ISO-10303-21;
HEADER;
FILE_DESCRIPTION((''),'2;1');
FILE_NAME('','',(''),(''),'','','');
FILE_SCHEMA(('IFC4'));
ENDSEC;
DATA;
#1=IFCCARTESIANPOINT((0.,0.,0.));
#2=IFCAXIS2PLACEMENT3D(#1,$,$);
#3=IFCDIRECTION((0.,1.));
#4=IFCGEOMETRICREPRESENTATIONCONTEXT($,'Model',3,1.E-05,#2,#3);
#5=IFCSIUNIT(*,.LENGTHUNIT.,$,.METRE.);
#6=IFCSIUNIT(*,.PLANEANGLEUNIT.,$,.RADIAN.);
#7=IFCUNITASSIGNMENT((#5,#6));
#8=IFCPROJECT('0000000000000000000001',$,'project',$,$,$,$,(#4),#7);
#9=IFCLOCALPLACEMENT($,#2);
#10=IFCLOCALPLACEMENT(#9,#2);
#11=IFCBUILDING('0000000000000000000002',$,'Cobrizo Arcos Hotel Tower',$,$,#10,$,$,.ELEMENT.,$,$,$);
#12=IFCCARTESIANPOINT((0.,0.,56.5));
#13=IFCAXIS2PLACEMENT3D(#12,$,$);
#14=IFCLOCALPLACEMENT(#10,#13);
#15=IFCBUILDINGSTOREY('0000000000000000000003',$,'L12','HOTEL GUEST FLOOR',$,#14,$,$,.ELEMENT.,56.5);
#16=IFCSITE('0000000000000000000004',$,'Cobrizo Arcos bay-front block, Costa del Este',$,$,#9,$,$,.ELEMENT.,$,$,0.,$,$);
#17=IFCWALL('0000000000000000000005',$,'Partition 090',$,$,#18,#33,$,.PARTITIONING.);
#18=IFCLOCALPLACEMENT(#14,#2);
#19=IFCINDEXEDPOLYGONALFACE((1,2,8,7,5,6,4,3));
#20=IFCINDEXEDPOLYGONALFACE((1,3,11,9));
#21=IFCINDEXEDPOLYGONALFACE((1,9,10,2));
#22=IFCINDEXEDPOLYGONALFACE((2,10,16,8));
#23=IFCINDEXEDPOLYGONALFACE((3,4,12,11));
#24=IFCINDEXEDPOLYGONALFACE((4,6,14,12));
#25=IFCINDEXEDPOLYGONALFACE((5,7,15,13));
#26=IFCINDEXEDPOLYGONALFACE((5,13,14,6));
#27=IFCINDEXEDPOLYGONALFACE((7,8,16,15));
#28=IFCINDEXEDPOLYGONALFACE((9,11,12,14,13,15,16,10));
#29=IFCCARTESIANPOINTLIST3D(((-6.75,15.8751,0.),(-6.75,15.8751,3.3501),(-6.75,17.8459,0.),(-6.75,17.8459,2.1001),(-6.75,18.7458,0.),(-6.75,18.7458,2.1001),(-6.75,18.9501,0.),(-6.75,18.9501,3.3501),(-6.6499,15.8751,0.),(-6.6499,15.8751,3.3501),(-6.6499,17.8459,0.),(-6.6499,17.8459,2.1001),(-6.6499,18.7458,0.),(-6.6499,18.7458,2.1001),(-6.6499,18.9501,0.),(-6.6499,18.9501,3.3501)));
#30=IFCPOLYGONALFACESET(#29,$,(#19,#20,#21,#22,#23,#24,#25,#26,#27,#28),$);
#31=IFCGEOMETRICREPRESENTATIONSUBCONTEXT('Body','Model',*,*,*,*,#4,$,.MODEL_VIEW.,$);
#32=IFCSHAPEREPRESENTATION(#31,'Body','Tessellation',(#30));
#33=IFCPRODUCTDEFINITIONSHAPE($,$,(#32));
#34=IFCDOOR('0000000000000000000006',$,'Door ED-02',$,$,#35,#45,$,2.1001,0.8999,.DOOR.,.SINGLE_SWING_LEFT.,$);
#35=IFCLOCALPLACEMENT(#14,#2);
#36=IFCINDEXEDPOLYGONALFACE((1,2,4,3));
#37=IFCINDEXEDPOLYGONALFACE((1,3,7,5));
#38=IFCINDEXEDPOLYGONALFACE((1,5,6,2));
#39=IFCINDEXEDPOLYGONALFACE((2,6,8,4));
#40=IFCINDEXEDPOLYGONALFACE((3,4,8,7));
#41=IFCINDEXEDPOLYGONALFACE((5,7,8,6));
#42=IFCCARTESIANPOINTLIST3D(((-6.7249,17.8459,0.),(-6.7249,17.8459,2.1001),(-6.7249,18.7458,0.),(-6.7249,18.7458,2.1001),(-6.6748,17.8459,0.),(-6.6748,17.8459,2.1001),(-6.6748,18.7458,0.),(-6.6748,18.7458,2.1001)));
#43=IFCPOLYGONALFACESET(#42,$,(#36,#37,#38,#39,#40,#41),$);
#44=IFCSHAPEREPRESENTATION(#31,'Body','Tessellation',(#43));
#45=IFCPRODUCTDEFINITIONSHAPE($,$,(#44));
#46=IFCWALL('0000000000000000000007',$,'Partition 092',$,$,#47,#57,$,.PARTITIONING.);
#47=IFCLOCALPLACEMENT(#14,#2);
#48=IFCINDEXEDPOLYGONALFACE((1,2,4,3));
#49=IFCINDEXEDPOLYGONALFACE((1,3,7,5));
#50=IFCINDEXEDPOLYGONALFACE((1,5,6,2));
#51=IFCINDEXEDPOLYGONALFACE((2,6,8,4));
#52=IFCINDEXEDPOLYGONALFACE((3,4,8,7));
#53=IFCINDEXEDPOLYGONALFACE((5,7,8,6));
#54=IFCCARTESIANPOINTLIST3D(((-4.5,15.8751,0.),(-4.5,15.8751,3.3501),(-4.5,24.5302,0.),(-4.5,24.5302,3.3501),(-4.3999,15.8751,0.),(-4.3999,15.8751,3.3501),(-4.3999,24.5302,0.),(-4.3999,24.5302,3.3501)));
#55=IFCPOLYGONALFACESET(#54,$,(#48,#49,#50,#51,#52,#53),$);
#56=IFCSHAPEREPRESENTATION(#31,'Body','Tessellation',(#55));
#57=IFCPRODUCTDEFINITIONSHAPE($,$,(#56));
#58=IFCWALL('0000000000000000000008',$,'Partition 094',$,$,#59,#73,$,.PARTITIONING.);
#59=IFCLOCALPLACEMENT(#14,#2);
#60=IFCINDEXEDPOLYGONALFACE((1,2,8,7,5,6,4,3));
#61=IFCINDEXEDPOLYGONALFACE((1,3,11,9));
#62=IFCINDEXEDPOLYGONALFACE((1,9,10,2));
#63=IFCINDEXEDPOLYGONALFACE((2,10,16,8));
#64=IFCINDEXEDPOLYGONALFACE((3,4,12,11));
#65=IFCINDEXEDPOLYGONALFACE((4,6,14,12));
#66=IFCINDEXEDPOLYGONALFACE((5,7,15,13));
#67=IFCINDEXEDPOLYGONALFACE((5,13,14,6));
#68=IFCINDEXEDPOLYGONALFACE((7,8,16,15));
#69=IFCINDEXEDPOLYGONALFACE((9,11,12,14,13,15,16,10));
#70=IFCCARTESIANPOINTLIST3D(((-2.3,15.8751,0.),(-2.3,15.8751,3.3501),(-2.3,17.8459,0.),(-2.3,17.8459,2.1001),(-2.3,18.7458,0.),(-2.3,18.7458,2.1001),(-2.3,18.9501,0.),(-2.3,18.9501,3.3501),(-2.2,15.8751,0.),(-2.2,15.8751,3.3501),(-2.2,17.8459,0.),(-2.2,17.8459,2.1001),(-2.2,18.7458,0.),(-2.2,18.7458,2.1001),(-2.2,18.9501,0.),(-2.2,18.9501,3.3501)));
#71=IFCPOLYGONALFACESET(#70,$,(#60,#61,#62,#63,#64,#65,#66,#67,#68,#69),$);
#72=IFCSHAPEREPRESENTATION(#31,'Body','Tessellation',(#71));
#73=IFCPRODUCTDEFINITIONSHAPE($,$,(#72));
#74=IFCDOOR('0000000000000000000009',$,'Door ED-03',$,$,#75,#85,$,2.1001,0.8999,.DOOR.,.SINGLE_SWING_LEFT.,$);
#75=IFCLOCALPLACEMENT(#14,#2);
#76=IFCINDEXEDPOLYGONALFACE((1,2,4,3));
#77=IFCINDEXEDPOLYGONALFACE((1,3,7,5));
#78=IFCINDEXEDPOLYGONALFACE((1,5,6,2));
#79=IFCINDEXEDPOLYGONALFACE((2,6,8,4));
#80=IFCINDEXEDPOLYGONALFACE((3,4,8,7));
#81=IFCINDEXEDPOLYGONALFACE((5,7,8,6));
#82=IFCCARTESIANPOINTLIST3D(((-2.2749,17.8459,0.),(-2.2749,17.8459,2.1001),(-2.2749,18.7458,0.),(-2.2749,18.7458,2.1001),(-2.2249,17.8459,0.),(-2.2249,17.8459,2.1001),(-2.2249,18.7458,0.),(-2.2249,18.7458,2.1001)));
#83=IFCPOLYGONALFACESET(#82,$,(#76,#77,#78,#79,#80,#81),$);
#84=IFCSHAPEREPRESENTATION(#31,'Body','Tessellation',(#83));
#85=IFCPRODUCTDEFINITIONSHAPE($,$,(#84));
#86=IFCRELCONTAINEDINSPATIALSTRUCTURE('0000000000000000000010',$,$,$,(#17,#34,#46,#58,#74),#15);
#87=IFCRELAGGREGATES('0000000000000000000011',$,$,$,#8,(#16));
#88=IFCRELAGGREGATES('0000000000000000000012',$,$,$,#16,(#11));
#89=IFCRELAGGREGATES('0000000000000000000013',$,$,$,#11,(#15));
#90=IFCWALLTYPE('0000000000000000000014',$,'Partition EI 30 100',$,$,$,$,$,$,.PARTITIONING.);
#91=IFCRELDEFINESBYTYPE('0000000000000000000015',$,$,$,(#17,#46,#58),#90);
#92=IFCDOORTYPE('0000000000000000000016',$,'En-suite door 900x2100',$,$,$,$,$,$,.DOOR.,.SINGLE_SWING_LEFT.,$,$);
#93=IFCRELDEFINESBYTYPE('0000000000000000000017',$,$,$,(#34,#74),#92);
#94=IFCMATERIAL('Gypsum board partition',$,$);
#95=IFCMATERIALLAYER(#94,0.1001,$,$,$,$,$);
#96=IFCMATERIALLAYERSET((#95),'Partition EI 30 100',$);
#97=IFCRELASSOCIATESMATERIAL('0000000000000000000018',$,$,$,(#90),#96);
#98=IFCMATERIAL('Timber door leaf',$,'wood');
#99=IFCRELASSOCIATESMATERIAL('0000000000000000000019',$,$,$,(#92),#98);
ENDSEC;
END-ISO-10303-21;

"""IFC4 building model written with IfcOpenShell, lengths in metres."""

from ifc_helpers import new_model, si_unit, direction, frame, frame_2d, origin, place, context, subcontext, project, spatial, rectangle, extrude, material, layer, layer_set, type_object, element, fill, save


model = new_model("IFC4")

# Units and contexts
model_context = context("Model", 3, precision=1e-05, world=origin(), true_north=direction((0.0, 1.0)))
body_context = subcontext(model_context, "Body", "Model", "MODEL_VIEW")
ifc_project = project(units=[si_unit("LENGTHUNIT", "METRE"), si_unit("PLANEANGLEUNIT", "RADIAN")], contexts=[model_context])

# Site, building, storey
site_placement = place(None, origin())
site = spatial("IfcSite", under=ifc_project, at=site_placement, Name="Cobrizo Arcos bay-front block, Costa del Este", CompositionType="ELEMENT", RefElevation=0.0)
building_placement = place(site_placement, origin())
building = spatial("IfcBuilding", under=site, at=building_placement, Name="Cobrizo Arcos Hotel Tower", CompositionType="ELEMENT")
storey_placement = place(building_placement, frame((0.0, 0.0, 56.5)))
storey = spatial("IfcBuildingStorey", under=building, at=storey_placement, Name="L12", Description="HOTEL GUEST FLOOR", CompositionType="ELEMENT", Elevation=56.5)

# Shared definitions
ifc_material_1 = material(Name="Gypsum board partition")
ifc_material_2 = material(Name="Timber door leaf", Category="wood")

# Shared definitions
ifc_layer_1 = layer(ifc_material_1, 0.1001)
ifc_layer_set_1 = layer_set([ifc_layer_1], Name="Partition EI 30 100")
wall_type_1 = type_object("IfcWallType", Name="Partition EI 30 100", PredefinedType="PARTITIONING", material=ifc_layer_set_1)

# Shared definitions
door_type_1 = type_object("IfcDoorType", Name="En-suite door 900x2100", OperationType="SINGLE_SWING_LEFT", PredefinedType="DOOR", material=ifc_material_2)

# Wall, opening, door
wall_1_placement = place(storey_placement, frame((-6.7, 15.875, 0.0), z_axis=(0.0, 0.0, 1.0), x_axis=(0.0, 1.0, 0.0)))
wall_1 = element("IfcWall", 1, at=wall_1_placement, inside=storey, type_object=wall_type_1, Name="Partition 090", PredefinedType="PARTITIONING", context=body_context, shape_type="SweptSolid", body=[
    extrude(rectangle(XDim=3.075, YDim=0.1001, at=frame_2d((1.5376, 0.0))), origin(), (0.0, 0.0, 1.0), 3.3501),
])
opening_1_placement = place(wall_1_placement, frame((1.9709, 0.0, 0.0)))
opening_1 = element("IfcOpeningElement", 2, at=opening_1_placement, cuts=wall_1, PredefinedType="OPENING", context=body_context, shape_type="SweptSolid", body=[
    extrude(rectangle(XDim=0.8999, YDim=2.1001, at=frame_2d((0.45, 1.05))), frame((0.0, 0.062, 0.0), z_axis=(0.0, -1.0, 0.0), x_axis=(1.0, 0.0, 0.0)), (0.0, 0.0, 1.0), 0.124),
])
door_1_placement = place(opening_1_placement, origin())
door_1 = element("IfcDoor", 3, at=door_1_placement, inside=storey, type_object=door_type_1, Name="Door ED-02", OperationType="SINGLE_SWING_LEFT", OverallHeight=2.1001, OverallWidth=0.8999, PredefinedType="DOOR", context=body_context, shape_type="SweptSolid", body=[
    extrude(rectangle(XDim=0.8999, YDim=2.1001, at=frame_2d((0.45, 1.05))), frame((0.0, 0.0249, 0.0), z_axis=(0.0, -1.0, 0.0), x_axis=(1.0, 0.0, 0.0)), (0.0, 0.0, 1.0), 0.05),
])
fill(opening_1, door_1)

# Wall
wall_2_placement = place(storey_placement, frame((-4.45, 15.875, 0.0), z_axis=(0.0, 0.0, 1.0), x_axis=(0.0, 1.0, 0.0)))
element("IfcWall", 4, at=wall_2_placement, inside=storey, type_object=wall_type_1, Name="Partition 092", PredefinedType="PARTITIONING", context=body_context, shape_type="SweptSolid", body=[
    extrude(rectangle(XDim=8.655, YDim=0.1001, at=frame_2d((4.3276, 0.0))), origin(), (0.0, 0.0, 1.0), 3.3501),
])

# Wall, opening, door
wall_3_placement = place(storey_placement, frame((-2.25, 15.875, 0.0), z_axis=(0.0, 0.0, 1.0), x_axis=(0.0, 1.0, 0.0)))
wall_3 = element("IfcWall", 5, at=wall_3_placement, inside=storey, type_object=wall_type_1, Name="Partition 094", PredefinedType="PARTITIONING", context=body_context, shape_type="SweptSolid", body=[
    extrude(rectangle(XDim=3.075, YDim=0.1001, at=frame_2d((1.5376, 0.0))), origin(), (0.0, 0.0, 1.0), 3.3501),
])
opening_2_placement = place(wall_3_placement, frame((1.9709, 0.0, 0.0)))
opening_2 = element("IfcOpeningElement", 6, at=opening_2_placement, cuts=wall_3, PredefinedType="OPENING", context=body_context, shape_type="SweptSolid", body=[
    extrude(rectangle(XDim=0.8999, YDim=2.1001, at=frame_2d((0.45, 1.05))), frame((0.0, 0.062, 0.0), z_axis=(0.0, -1.0, 0.0), x_axis=(1.0, 0.0, 0.0)), (0.0, 0.0, 1.0), 0.124),
])
door_2_placement = place(opening_2_placement, origin())
door_2 = element("IfcDoor", 7, at=door_2_placement, inside=storey, type_object=door_type_1, Name="Door ED-03", OperationType="SINGLE_SWING_LEFT", OverallHeight=2.1001, OverallWidth=0.8999, PredefinedType="DOOR", context=body_context, shape_type="SweptSolid", body=[
    extrude(rectangle(XDim=0.8999, YDim=2.1001, at=frame_2d((0.45, 1.05))), frame((0.0, 0.0249, 0.0), z_axis=(0.0, -1.0, 0.0), x_axis=(1.0, 0.0, 0.0)), (0.0, 0.0, 1.0), 0.05),
])
fill(opening_2, door_2)

save(model, "model.ifc")
